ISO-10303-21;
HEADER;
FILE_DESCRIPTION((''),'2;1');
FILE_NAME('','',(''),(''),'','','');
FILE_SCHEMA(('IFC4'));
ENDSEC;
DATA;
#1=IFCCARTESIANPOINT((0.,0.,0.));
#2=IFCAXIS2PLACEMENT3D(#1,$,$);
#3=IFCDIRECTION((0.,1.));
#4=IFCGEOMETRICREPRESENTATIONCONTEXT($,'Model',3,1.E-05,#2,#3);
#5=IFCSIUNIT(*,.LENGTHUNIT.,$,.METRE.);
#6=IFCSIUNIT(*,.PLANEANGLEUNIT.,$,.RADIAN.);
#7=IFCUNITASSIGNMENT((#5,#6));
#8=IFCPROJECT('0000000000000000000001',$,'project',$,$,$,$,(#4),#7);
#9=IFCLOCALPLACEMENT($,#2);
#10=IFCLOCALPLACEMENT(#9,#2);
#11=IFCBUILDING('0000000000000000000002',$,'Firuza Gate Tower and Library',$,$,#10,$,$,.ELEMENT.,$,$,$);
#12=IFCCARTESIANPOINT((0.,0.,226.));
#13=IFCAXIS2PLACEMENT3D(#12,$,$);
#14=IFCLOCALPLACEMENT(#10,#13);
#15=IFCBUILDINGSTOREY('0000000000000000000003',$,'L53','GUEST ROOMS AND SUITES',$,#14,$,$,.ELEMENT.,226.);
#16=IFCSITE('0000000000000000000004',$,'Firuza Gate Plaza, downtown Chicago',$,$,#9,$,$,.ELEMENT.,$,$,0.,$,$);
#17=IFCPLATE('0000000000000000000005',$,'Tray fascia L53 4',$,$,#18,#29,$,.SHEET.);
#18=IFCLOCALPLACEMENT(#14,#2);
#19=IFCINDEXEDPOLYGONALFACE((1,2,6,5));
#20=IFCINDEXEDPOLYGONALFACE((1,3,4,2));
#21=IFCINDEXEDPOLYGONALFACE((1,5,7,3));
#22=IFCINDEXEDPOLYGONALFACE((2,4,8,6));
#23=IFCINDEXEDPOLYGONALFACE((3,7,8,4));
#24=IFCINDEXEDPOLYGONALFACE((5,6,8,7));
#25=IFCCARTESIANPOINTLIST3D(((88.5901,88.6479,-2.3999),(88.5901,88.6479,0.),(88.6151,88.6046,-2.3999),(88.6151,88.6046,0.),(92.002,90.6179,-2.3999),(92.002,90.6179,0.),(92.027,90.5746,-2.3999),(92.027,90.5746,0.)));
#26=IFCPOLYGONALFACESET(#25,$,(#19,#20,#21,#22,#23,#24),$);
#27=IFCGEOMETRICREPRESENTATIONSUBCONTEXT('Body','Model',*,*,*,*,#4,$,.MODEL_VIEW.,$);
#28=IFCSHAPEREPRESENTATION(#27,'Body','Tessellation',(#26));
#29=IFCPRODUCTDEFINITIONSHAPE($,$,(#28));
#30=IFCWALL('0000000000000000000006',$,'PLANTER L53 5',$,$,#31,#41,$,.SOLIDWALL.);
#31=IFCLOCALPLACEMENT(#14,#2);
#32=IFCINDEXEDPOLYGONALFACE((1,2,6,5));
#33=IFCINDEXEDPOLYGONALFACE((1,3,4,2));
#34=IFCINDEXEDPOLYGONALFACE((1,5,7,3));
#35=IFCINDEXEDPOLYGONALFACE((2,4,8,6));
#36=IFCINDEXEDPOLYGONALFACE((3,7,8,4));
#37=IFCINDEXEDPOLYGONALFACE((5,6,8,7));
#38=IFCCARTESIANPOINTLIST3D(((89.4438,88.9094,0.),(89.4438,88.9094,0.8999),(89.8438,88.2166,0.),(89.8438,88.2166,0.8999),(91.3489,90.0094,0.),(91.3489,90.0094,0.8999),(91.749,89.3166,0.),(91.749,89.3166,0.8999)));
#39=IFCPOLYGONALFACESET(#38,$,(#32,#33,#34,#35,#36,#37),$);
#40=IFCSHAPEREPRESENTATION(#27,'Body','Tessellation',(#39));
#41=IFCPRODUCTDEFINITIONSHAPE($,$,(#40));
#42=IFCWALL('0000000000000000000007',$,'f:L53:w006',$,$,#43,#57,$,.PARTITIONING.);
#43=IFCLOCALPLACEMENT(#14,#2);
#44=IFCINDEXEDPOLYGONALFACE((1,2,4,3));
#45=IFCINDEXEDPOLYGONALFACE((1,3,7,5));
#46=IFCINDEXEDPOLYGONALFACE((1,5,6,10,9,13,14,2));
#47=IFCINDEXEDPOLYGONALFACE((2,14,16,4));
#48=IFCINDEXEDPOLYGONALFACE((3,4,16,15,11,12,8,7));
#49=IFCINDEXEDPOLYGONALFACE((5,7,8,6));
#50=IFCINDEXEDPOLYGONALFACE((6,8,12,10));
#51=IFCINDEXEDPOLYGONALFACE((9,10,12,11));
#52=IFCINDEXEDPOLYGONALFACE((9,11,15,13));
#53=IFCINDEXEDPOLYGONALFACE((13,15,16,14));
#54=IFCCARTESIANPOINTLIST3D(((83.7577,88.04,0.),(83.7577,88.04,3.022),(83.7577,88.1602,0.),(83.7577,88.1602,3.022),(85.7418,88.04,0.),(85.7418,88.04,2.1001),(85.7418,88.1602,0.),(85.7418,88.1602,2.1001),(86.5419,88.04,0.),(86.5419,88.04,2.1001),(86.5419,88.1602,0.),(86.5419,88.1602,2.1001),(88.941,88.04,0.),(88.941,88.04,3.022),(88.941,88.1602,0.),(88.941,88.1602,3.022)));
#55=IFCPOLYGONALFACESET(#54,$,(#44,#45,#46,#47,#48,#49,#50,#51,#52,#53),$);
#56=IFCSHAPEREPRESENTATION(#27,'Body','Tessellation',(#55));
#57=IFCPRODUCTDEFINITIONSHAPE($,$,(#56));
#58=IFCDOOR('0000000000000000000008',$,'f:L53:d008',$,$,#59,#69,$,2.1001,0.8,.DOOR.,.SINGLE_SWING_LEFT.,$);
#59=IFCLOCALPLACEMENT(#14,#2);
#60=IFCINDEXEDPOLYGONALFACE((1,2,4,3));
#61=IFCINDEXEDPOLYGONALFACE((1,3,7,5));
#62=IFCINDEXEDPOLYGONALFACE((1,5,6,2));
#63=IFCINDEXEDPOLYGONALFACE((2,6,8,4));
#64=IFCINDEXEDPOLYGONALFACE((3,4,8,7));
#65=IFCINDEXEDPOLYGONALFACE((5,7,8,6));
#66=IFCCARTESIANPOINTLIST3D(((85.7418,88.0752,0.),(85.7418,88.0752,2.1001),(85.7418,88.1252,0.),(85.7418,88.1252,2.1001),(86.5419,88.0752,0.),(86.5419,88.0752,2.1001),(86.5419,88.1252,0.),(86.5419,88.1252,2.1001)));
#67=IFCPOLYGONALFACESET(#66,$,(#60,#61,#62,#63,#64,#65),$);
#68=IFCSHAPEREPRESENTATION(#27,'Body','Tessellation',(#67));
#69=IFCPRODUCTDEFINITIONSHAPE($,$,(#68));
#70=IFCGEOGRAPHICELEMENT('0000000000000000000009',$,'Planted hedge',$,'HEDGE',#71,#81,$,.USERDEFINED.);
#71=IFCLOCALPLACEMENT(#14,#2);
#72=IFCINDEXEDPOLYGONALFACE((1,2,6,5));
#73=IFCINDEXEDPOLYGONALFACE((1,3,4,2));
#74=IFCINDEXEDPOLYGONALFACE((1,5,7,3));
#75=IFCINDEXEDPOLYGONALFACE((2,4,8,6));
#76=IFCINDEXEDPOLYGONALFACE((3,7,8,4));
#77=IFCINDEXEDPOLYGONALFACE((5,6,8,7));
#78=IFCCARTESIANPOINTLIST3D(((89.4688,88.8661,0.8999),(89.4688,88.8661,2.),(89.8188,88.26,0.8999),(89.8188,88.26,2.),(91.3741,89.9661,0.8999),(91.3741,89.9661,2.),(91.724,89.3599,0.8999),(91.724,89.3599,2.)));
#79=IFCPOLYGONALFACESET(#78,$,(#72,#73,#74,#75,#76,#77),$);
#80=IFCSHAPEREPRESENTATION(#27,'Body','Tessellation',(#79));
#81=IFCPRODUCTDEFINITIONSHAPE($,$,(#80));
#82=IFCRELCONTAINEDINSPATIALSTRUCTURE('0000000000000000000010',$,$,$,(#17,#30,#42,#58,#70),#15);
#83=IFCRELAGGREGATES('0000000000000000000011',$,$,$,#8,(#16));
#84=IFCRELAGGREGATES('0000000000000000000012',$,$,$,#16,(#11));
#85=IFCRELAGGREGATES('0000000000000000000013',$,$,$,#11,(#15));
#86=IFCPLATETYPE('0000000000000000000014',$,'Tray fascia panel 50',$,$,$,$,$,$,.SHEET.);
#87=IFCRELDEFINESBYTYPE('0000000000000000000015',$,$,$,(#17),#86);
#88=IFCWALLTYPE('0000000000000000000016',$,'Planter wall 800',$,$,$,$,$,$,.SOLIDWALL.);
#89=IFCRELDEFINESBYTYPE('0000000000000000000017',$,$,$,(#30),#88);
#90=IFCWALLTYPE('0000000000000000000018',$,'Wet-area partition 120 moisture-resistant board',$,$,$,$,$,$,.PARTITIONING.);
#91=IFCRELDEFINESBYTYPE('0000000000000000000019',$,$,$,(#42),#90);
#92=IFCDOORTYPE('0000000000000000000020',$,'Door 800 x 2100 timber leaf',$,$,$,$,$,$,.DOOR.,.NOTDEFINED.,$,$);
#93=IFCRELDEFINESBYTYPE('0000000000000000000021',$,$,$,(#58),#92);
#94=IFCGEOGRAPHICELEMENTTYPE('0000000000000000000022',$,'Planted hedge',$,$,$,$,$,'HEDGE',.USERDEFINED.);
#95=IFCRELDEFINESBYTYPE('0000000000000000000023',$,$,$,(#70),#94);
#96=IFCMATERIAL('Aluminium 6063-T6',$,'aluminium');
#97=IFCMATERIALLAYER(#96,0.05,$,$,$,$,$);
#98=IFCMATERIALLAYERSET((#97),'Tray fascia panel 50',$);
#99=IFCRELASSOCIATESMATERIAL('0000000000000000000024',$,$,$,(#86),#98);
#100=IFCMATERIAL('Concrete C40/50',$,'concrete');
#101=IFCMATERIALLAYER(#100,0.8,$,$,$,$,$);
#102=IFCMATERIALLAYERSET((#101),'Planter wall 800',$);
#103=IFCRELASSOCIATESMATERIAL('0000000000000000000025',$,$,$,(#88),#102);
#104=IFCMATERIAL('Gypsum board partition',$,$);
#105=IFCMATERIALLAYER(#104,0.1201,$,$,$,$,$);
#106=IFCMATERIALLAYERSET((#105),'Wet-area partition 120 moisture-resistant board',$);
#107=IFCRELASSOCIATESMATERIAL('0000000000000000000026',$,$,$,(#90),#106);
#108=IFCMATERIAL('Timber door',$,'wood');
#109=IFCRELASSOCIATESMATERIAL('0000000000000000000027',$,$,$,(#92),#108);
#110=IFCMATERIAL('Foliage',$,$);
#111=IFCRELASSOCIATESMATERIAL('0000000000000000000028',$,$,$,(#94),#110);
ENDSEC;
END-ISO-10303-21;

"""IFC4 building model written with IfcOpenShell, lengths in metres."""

from ifc_helpers import new_model, si_unit, direction, frame, frame_2d, origin, origin_2d, place, context, subcontext, project, spatial, polyline, rectangle, outline, extrude, material, layer, layer_set, type_object, element, fill, save


model = new_model("IFC4")

# Units and contexts
model_context = context("Model", 3, precision=1e-05, world=origin(), true_north=direction((0.0, 1.0)))
body_context = subcontext(model_context, "Body", "Model", "MODEL_VIEW")
ifc_project = project(units=[si_unit("LENGTHUNIT", "METRE"), si_unit("PLANEANGLEUNIT", "RADIAN")], contexts=[model_context])

# Site, building, storey
site_placement = place(None, origin())
site = spatial("IfcSite", under=ifc_project, at=site_placement, Name="Firuza Gate Plaza, downtown Chicago", CompositionType="ELEMENT", RefElevation=0.0)
building_placement = place(site_placement, origin())
building = spatial("IfcBuilding", under=site, at=building_placement, Name="Firuza Gate Tower and Library", CompositionType="ELEMENT")
storey_placement = place(building_placement, frame((0.0, 0.0, 226.0)))
storey = spatial("IfcBuildingStorey", under=building, at=storey_placement, Name="L53", Description="GUEST ROOMS AND SUITES", CompositionType="ELEMENT", Elevation=226.0)

# Plate
ifc_material_1 = material(Name="Aluminium 6063-T6", Category="aluminium")
ifc_layer_1 = layer(ifc_material_1, 0.05)
ifc_layer_set_1 = layer_set([ifc_layer_1], Name="Tray fascia panel 50")
plate_type_1 = type_object("IfcPlateType", Name="Tray fascia panel 50", PredefinedType="SHEET", material=ifc_layer_set_1)
plate_1_placement = place(storey_placement, frame((92.002, 90.6179, -2.3999), z_axis=(-0.500025, 0.866011, 0.0), x_axis=(-0.866011, -0.500025, 0.0)))
element("IfcPlate", 1, at=plate_1_placement, inside=storey, type_object=plate_type_1, Name="Tray fascia L53 4", PredefinedType="SHEET", context=body_context, shape_type="SweptSolid", body=[
    extrude(outline(polyline([(0.0, 0.0), (3.9397, 0.0), (3.9397, 2.3999), (0.0, 2.3999), (0.0, 0.0)])), origin(), (0.0, 0.0, -1.0), 0.05),
])

# Wall
ifc_material_2 = material(Name="Concrete C40/50", Category="concrete")
ifc_layer_2 = layer(ifc_material_2, 0.8)
ifc_layer_set_2 = layer_set([ifc_layer_2], Name="Planter wall 800")
wall_type_1 = type_object("IfcWallType", Name="Planter wall 800", PredefinedType="SOLIDWALL", material=ifc_layer_set_2)
wall_1_placement = place(storey_placement, frame((91.5491, 89.6631, 0.0), z_axis=(0.0, 0.0, 1.0), x_axis=(-0.866008, -0.50003, 0.0)))
element("IfcWall", 2, at=wall_1_placement, inside=storey, type_object=wall_type_1, Name="PLANTER L53 5", PredefinedType="SOLIDWALL", context=body_context, shape_type="SweptSolid", body=[
    extrude(rectangle(XDim=2.2, YDim=0.8, at=frame_2d((1.1001, 0.0))), origin(), (0.0, 0.0, 1.0), 0.8999),
])

# Wall, opening, door
ifc_material_3 = material(Name="Gypsum board partition")
ifc_layer_3 = layer(ifc_material_3, 0.1201)
ifc_layer_set_3 = layer_set([ifc_layer_3], Name="Wet-area partition 120 moisture-resistant board")
wall_type_2 = type_object("IfcWallType", Name="Wet-area partition 120 moisture-resistant board", PredefinedType="PARTITIONING", material=ifc_layer_set_3)
wall_2_placement = place(storey_placement, frame((88.9412, 88.1001, 0.0), z_axis=(0.0, 0.0, 1.0), x_axis=(-1.0, 0.0, 0.0)))
wall_2 = element("IfcWall", 3, at=wall_2_placement, inside=storey, type_object=wall_type_2, Name="f:L53:w006", PredefinedType="PARTITIONING", context=body_context, shape_type="SweptSolid", body=[
    extrude(rectangle(XDim=5.1833, YDim=0.1201, at=frame_2d((2.5918, 0.0))), origin(), (0.0, 0.0, 1.0), 3.022),
])
opening_placement = place(wall_2_placement, frame((2.3994, 0.0, 0.0)))
opening = element("IfcOpeningElement", 4, at=opening_placement, cuts=wall_2, PredefinedType="OPENING", context=body_context, shape_type="SweptSolid", body=[
    extrude(rectangle(XDim=0.8, YDim=2.1001, at=frame_2d((0.3999, 1.05))), frame((0.0, 0.0701, 0.0), z_axis=(0.0, -1.0, 0.0), x_axis=(1.0, 0.0, 0.0)), (0.0, 0.0, 1.0), 0.1401),
])
ifc_material_4 = material(Name="Timber door", Category="wood")
door_type = type_object("IfcDoorType", Name="Door 800 x 2100 timber leaf", OperationType="NOTDEFINED", PredefinedType="DOOR", material=ifc_material_4)
door_placement = place(opening_placement, origin())
door = element("IfcDoor", 5, at=door_placement, inside=storey, type_object=door_type, Name="f:L53:d008", OperationType="SINGLE_SWING_LEFT", OverallHeight=2.1001, OverallWidth=0.8, PredefinedType="DOOR", context=body_context, shape_type="SweptSolid", body=[
    extrude(rectangle(XDim=0.8, YDim=2.1001, at=frame_2d((0.3999, 1.05))), frame((0.0, 0.0249, 0.0), z_axis=(0.0, -1.0, 0.0), x_axis=(1.0, 0.0, 0.0)), (0.0, 0.0, 1.0), 0.05),
])
fill(opening, door)

# Geographic element
ifc_material_5 = material(Name="Foliage")
geographic_element_type = type_object("IfcGeographicElementType", Name="Planted hedge", ElementType="HEDGE", PredefinedType="USERDEFINED", material=ifc_material_5)
geographic_element_placement = place(storey_placement, frame((90.5964, 89.113, 0.8999), z_axis=(0.0, 0.0, 1.0), x_axis=(-0.866025, -0.5, 0.0)))
element("IfcGeographicElement", 6, at=geographic_element_placement, inside=storey, type_object=geographic_element_type, Name="Planted hedge", ObjectType="HEDGE", PredefinedType="USERDEFINED", context=body_context, shape_type="SweptSolid", body=[
    extrude(rectangle(XDim=2.2, YDim=0.7, at=origin_2d()), origin(), (0.0, 0.0, 1.0), 1.1001),
])

save(model, "model.ifc")
